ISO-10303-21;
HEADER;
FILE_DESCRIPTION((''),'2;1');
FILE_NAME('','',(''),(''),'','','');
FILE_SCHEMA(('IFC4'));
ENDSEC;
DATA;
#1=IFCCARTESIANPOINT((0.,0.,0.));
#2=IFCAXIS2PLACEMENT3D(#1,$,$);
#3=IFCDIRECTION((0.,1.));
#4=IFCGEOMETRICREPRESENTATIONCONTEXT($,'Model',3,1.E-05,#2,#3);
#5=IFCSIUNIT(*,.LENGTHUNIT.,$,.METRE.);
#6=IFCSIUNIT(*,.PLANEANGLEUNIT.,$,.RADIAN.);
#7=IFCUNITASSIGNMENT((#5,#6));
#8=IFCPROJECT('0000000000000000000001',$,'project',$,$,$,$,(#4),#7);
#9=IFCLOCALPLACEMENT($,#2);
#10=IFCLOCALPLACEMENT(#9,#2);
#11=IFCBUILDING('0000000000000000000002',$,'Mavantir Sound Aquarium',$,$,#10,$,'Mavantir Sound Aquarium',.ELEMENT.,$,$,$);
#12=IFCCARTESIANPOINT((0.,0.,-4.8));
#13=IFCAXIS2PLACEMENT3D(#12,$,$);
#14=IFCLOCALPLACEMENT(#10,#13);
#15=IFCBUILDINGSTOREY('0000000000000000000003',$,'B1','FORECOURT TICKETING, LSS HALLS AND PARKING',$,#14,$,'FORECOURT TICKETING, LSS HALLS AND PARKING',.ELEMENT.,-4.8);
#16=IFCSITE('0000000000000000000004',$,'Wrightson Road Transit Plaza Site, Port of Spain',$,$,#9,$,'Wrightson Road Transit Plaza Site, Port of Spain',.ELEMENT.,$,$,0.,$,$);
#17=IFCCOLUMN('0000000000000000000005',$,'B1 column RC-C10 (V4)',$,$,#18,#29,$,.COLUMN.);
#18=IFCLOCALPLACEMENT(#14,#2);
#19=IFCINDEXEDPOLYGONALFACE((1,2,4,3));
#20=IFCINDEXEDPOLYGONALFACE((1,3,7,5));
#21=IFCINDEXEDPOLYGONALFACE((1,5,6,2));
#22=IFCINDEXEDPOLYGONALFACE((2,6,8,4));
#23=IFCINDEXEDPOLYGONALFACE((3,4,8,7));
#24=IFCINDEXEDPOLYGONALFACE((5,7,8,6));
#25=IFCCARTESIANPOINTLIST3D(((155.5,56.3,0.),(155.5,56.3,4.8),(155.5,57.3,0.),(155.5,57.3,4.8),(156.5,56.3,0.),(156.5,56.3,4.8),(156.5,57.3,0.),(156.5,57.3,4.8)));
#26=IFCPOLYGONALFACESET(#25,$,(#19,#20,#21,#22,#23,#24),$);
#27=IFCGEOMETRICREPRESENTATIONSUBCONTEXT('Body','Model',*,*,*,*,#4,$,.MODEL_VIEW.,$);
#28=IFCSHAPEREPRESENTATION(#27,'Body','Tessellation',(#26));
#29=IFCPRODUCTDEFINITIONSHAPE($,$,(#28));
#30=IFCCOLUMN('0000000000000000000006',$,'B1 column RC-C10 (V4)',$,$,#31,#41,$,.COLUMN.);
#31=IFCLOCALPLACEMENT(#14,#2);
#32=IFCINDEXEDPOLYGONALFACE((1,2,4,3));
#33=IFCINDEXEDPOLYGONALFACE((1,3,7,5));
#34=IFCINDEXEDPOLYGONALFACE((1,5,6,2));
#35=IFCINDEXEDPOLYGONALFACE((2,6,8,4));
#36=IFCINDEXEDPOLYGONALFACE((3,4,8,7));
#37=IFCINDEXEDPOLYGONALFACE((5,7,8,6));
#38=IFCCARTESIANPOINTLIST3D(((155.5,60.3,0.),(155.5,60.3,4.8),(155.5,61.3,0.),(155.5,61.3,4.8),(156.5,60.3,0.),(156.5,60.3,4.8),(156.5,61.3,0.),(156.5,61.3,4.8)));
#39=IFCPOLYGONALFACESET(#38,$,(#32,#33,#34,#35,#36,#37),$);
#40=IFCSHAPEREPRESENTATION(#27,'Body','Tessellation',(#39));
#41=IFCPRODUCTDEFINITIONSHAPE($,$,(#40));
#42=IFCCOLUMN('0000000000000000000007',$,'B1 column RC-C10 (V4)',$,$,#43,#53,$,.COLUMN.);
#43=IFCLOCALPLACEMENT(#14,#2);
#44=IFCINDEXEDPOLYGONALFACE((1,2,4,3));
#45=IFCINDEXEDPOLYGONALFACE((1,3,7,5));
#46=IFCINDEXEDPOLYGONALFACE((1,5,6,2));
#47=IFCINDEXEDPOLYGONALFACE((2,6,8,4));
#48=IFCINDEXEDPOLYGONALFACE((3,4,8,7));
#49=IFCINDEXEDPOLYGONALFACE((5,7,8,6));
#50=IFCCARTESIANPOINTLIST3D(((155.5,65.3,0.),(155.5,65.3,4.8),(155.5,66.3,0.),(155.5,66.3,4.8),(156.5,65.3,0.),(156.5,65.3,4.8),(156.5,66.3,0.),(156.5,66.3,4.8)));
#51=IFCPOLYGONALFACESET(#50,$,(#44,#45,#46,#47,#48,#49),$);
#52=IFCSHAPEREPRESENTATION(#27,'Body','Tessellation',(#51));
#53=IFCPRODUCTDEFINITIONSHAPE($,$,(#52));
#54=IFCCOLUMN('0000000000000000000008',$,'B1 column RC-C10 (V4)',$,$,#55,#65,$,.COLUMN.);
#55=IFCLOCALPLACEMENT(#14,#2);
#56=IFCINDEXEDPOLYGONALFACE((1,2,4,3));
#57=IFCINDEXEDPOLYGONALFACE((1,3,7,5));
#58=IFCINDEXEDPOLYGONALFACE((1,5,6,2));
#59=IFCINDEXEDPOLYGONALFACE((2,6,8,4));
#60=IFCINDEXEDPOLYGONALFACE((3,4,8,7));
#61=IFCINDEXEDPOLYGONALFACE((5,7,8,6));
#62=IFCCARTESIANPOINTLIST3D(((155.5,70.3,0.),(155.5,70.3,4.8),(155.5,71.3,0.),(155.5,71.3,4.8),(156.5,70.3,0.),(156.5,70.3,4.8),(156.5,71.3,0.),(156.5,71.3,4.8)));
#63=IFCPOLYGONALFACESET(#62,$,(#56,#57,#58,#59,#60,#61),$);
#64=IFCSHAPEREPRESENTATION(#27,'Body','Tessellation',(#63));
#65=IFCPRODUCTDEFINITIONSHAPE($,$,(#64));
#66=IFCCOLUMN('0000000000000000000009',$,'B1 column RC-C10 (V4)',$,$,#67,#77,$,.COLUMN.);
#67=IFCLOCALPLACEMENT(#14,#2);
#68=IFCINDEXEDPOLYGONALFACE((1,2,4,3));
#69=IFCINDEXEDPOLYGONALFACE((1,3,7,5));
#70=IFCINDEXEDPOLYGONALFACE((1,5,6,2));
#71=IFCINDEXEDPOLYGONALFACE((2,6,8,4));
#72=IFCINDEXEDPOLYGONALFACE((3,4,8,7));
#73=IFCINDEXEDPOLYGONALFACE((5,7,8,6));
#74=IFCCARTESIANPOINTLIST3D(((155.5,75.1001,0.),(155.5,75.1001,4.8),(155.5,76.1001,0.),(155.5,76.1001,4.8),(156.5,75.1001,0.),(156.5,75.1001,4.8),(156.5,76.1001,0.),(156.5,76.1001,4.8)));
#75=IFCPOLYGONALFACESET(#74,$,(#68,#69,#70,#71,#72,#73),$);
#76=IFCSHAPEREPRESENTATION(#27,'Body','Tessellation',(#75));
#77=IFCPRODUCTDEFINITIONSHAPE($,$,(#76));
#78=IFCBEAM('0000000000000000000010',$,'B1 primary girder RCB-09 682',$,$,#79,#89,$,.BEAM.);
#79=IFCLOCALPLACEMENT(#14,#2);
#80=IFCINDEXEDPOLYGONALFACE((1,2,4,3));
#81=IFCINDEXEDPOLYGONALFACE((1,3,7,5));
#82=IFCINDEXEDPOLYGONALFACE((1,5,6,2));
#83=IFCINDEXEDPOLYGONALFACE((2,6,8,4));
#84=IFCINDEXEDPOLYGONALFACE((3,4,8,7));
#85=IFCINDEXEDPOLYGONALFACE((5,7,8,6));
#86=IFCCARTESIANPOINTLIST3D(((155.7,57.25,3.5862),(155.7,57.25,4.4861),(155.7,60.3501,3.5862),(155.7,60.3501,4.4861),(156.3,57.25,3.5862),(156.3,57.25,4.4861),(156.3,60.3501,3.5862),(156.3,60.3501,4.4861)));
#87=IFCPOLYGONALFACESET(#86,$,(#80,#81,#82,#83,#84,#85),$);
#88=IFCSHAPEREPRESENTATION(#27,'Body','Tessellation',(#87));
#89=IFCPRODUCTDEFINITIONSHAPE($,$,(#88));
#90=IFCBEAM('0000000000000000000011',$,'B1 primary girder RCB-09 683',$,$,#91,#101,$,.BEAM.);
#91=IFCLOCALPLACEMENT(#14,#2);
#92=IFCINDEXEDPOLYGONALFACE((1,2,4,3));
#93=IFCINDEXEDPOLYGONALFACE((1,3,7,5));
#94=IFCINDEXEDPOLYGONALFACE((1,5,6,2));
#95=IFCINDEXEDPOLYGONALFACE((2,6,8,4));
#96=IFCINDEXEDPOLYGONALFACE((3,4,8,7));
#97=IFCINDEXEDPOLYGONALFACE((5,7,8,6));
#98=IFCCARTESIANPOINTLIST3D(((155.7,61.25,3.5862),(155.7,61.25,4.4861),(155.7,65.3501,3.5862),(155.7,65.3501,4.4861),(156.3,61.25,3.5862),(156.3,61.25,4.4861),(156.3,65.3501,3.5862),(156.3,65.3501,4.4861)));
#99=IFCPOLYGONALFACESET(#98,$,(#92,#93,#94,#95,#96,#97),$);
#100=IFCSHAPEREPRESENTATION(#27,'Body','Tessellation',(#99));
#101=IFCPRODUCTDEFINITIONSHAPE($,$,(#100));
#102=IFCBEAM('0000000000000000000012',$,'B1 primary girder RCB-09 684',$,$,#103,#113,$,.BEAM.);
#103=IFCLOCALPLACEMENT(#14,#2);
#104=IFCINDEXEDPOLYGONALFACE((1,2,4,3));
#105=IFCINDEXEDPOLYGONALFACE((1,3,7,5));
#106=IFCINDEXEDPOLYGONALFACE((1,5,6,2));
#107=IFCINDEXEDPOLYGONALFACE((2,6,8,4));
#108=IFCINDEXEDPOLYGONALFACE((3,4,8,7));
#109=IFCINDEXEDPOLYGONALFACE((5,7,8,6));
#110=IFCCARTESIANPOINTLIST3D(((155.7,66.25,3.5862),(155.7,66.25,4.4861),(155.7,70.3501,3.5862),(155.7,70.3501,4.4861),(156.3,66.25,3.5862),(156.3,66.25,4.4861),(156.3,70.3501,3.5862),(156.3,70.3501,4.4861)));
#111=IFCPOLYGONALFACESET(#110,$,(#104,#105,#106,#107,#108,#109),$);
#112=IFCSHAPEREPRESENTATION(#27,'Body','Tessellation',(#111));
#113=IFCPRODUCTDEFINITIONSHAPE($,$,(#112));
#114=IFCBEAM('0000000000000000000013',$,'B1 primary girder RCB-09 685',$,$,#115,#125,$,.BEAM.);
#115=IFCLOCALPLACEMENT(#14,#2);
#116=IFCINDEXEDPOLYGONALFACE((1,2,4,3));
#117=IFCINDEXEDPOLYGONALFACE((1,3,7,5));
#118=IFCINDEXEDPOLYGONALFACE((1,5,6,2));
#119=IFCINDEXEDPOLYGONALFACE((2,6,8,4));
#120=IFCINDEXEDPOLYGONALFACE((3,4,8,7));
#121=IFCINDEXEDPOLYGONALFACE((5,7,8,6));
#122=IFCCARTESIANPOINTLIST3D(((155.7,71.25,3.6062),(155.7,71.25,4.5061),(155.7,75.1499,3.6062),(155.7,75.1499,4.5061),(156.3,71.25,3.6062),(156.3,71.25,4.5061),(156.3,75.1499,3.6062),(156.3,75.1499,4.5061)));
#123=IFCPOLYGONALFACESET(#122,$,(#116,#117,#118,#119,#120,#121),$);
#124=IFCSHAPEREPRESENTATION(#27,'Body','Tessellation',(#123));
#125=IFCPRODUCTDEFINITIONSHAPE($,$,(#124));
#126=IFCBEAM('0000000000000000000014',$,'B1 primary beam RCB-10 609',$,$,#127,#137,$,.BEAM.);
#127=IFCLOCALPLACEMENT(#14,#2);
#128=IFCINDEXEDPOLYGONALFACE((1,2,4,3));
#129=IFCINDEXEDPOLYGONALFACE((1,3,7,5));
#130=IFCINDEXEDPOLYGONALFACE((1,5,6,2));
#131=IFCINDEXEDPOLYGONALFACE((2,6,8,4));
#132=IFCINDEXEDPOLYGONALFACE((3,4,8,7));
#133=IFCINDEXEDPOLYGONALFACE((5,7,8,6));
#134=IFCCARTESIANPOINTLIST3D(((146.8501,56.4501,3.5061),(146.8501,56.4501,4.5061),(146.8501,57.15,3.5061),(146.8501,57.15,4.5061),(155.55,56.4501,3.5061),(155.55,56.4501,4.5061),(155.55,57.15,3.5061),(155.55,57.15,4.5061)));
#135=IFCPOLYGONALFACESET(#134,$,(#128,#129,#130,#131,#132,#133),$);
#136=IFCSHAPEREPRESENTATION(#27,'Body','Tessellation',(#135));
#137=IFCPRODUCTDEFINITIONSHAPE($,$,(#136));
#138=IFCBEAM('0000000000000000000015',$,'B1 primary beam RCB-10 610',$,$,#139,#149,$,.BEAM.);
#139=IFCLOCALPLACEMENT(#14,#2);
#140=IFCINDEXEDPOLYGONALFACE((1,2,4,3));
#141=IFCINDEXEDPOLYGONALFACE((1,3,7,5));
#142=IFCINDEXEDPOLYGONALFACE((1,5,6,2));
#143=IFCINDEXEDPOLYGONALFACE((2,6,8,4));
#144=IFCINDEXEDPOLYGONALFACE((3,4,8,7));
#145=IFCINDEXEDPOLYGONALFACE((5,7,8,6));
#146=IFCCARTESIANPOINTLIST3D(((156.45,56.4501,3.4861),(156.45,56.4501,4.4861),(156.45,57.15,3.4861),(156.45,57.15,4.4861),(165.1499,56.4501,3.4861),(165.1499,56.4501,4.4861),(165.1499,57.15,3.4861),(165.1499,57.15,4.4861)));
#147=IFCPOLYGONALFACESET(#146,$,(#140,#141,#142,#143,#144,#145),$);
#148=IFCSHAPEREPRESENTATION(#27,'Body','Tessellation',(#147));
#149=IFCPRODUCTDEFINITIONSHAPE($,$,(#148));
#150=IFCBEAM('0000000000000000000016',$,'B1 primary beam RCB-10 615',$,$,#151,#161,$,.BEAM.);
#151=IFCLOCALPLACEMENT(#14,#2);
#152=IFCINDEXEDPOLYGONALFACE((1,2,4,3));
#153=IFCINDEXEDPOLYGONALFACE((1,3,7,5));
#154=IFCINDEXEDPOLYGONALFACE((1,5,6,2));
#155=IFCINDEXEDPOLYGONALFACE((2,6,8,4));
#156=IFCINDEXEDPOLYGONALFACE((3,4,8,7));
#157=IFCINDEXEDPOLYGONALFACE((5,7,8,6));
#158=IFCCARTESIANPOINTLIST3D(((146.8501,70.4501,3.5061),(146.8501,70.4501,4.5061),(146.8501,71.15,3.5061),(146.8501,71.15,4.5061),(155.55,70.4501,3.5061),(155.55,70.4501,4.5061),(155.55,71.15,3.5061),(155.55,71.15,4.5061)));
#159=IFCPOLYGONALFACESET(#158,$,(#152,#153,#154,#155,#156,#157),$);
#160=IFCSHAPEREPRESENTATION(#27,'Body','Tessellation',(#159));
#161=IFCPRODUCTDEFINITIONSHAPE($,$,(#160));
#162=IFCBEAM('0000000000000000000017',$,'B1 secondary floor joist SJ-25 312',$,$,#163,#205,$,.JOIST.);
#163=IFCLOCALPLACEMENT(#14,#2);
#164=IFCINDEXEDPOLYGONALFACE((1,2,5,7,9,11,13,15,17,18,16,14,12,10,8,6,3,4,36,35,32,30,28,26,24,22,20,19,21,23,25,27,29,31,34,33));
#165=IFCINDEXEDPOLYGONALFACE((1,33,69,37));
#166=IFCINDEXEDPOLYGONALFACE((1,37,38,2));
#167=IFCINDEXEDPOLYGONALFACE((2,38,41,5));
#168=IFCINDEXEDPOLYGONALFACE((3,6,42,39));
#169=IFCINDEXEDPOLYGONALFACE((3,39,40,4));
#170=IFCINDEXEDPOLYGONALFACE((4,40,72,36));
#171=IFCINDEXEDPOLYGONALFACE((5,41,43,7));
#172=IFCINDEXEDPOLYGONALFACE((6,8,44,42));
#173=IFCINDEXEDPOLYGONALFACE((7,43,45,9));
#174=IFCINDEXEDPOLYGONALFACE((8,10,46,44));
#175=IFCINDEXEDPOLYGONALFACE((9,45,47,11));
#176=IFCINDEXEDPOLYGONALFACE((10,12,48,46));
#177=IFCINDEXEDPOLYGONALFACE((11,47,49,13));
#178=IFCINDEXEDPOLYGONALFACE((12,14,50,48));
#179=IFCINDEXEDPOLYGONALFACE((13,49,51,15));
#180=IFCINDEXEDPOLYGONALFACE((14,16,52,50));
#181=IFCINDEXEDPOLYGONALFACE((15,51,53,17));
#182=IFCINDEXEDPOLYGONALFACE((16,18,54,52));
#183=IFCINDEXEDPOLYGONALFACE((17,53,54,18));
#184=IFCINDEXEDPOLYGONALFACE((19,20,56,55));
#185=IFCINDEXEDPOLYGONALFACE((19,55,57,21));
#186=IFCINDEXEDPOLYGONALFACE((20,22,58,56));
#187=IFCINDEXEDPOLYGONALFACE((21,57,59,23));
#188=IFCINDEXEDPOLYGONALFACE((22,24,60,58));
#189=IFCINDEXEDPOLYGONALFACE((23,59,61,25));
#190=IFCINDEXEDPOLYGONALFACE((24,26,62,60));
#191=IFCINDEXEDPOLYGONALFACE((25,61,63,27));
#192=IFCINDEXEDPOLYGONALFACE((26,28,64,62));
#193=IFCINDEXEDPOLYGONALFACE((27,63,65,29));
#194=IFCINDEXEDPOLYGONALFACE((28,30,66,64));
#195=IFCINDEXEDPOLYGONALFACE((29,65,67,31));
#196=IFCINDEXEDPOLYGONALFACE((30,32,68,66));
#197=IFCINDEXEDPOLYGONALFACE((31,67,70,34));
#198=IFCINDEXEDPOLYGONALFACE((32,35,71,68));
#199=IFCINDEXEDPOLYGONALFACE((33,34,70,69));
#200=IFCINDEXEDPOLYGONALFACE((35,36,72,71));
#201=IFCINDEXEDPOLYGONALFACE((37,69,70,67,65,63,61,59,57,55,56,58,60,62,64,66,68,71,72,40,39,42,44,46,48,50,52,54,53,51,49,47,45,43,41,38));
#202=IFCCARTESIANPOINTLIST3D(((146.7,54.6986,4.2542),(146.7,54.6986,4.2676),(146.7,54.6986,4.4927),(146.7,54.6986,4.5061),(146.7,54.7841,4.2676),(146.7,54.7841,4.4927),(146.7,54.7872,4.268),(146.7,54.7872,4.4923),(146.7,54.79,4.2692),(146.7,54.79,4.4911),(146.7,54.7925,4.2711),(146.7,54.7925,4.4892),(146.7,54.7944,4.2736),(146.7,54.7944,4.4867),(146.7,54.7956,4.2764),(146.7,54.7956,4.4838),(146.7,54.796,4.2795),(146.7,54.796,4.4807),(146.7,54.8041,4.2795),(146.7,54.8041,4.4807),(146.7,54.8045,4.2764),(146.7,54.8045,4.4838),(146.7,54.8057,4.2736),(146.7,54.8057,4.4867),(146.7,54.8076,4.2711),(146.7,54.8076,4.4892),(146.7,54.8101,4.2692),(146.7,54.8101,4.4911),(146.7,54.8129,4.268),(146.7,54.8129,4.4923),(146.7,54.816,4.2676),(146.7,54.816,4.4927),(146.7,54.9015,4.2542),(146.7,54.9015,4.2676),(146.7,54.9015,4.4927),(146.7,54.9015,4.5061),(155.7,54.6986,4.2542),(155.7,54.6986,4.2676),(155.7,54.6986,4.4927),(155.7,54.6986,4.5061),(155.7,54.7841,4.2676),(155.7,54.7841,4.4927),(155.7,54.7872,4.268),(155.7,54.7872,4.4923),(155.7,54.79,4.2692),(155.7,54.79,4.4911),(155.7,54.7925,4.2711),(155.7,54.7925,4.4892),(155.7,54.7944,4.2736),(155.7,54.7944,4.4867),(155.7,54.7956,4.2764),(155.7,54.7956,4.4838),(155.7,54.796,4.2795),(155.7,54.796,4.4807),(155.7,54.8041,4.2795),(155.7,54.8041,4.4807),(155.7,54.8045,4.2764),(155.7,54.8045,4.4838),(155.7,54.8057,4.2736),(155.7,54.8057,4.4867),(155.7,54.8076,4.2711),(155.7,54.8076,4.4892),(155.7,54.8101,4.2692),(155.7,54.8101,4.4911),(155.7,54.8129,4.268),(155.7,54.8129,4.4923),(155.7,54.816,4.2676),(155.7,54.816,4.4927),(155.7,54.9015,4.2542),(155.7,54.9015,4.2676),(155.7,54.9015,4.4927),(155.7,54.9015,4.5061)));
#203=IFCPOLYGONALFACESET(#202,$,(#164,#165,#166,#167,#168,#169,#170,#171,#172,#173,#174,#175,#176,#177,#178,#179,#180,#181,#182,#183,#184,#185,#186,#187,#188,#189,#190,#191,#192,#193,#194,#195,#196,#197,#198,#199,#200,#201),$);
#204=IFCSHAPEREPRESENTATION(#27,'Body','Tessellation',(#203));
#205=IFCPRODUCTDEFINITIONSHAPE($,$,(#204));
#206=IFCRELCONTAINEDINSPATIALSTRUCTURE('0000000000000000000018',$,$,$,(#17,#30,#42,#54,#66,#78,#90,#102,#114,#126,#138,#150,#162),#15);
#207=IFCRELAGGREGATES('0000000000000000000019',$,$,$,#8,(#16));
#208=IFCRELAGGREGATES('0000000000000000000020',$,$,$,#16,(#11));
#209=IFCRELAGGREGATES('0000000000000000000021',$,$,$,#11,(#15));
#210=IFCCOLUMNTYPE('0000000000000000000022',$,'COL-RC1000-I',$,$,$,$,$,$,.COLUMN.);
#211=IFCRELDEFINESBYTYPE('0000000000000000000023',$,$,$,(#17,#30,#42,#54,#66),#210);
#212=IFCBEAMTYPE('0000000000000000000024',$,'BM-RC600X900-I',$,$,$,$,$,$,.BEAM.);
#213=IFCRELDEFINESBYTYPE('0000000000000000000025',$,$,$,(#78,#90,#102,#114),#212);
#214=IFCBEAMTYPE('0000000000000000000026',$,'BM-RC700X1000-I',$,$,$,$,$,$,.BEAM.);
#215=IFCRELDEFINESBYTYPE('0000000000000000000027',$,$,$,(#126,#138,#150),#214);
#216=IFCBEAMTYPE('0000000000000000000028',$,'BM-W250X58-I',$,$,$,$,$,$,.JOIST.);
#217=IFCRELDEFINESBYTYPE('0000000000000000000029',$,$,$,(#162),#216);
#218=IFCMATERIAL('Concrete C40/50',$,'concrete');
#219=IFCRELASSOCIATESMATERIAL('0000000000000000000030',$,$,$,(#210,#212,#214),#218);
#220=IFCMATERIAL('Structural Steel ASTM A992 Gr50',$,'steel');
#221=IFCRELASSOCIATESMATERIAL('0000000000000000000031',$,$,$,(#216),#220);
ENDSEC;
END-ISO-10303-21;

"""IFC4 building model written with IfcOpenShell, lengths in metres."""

from ifc_helpers import new_model, si_unit, direction, frame, origin, origin_2d, place, context, subcontext, project, spatial, rectangle, i_section, extrude, material, material_profile, profile_set, type_object, element, save


model = new_model("IFC4")

# Units and contexts
model_context = context("Model", 3, precision=1e-05, world=origin(), true_north=direction((0.0, 1.0)))
body_context = subcontext(model_context, "Body", "Model", "MODEL_VIEW")
ifc_project = project(units=[si_unit("LENGTHUNIT", "METRE"), si_unit("PLANEANGLEUNIT", "RADIAN")], contexts=[model_context])

# Site, building, storey
site_placement = place(None, origin())
site = spatial("IfcSite", under=ifc_project, at=site_placement, Name="Wrightson Road Transit Plaza Site, Port of Spain", LongName="Wrightson Road Transit Plaza Site, Port of Spain", CompositionType="ELEMENT", RefElevation=0.0)
building_placement = place(site_placement, origin())
building = spatial("IfcBuilding", under=site, at=building_placement, Name="Mavantir Sound Aquarium", LongName="Mavantir Sound Aquarium", CompositionType="ELEMENT")
storey_placement = place(building_placement, frame((0.0, 0.0, -4.8)))
storey = spatial("IfcBuildingStorey", under=building, at=storey_placement, Name="B1", Description="FORECOURT TICKETING, LSS HALLS AND PARKING", LongName="FORECOURT TICKETING, LSS HALLS AND PARKING", CompositionType="ELEMENT", Elevation=-4.8)

# Columns
ifc_material_1 = material(Name="Concrete C40/50", Category="concrete")
ifc_material_profile_1 = material_profile(ifc_material_1, rectangle(XDim=1.0, YDim=1.0, at=origin_2d()), Name="RC 1000X1000")
ifc_profile_set_1 = profile_set([ifc_material_profile_1], Name="Concrete C40/50")
column_type = type_object("IfcColumnType", Name="COL-RC1000-I", PredefinedType="COLUMN", material=ifc_profile_set_1)
for number, where, z_axis, x_axis, name in (
    (1, (156.0, 56.8, 0.0), (0.0, 0.0, 1.0), (1.0, 0.0, 0.0), "B1 column RC-C10 (V4)"),
    (2, (156.0, 60.8, 0.0), (0.0, 0.0, 1.0), (1.0, 0.0, 0.0), "B1 column RC-C10 (V4)"),
    (3, (156.0, 65.8, 0.0), (0.0, 0.0, 1.0), (1.0, 0.0, 0.0), "B1 column RC-C10 (V4)"),
    (4, (156.0, 70.8, 0.0), (0.0, 0.0, 1.0), (1.0, 0.0, 0.0), "B1 column RC-C10 (V4)"),
    (5, (156.0, 75.6001, 0.0), (0.0, 0.0, 1.0), (1.0, 0.0, 0.0), "B1 column RC-C10 (V4)"),
):
    element("IfcColumn", number, at=place(storey_placement, frame(where, z_axis=z_axis, x_axis=x_axis)), inside=storey, type_object=column_type, Name=name, PredefinedType="COLUMN", context=body_context, shape_type="SweptSolid", body=[
        extrude(rectangle(XDim=1.0, YDim=1.0, at=origin_2d()), origin(), (0.0, 0.0, 1.0), 4.8),
    ])

# Beams
ifc_material_profile_2 = material_profile(ifc_material_1, rectangle(XDim=0.6001, YDim=0.8999, at=origin_2d()), Name="RC 600X900")
ifc_profile_set_2 = profile_set([ifc_material_profile_2], Name="Concrete C40/50")
beam_type_1 = type_object("IfcBeamType", Name="BM-RC600X900-I", PredefinedType="BEAM", material=ifc_profile_set_2)
beam_1_placement = place(storey_placement, frame((156.0, 57.25, 4.0361), z_axis=(0.0, 1.0, 0.0), x_axis=(-1.0, 0.0, 0.0)))
element("IfcBeam", 6, at=beam_1_placement, inside=storey, type_object=beam_type_1, Name="B1 primary girder RCB-09 682", PredefinedType="BEAM", context=body_context, shape_type="SweptSolid", body=[
    extrude(rectangle(XDim=0.6001, YDim=0.8999, at=origin_2d()), origin(), (0.0, 0.0, 1.0), 3.1001),
])
for number, where, z_axis, x_axis, name in (
    (7, (156.0, 61.25, 4.0361), (0.0, 1.0, 0.0), (-1.0, 0.0, 0.0), "B1 primary girder RCB-09 683"),
    (8, (156.0, 66.25, 4.0361), (0.0, 1.0, 0.0), (-1.0, 0.0, 0.0), "B1 primary girder RCB-09 684"),
):
    element("IfcBeam", number, at=place(storey_placement, frame(where, z_axis=z_axis, x_axis=x_axis)), inside=storey, type_object=beam_type_1, Name=name, PredefinedType="BEAM", context=body_context, shape_type="SweptSolid", body=[
        extrude(rectangle(XDim=0.6001, YDim=0.8999, at=origin_2d()), origin(), (0.0, 0.0, 1.0), 4.1001),
    ])
beam_2_placement = place(storey_placement, frame((156.0, 71.25, 4.0562), z_axis=(0.0, 1.0, 0.0), x_axis=(-1.0, 0.0, 0.0)))
element("IfcBeam", 9, at=beam_2_placement, inside=storey, type_object=beam_type_1, Name="B1 primary girder RCB-09 685", PredefinedType="BEAM", context=body_context, shape_type="SweptSolid", body=[
    extrude(rectangle(XDim=0.6001, YDim=0.8999, at=origin_2d()), origin(), (0.0, 0.0, 1.0), 3.8999),
])
ifc_material_profile_3 = material_profile(ifc_material_1, rectangle(XDim=0.7, YDim=1.0, at=origin_2d()), Name="RC 700X1000")
ifc_profile_set_3 = profile_set([ifc_material_profile_3], Name="Concrete C40/50")
beam_type_2 = type_object("IfcBeamType", Name="BM-RC700X1000-I", PredefinedType="BEAM", material=ifc_profile_set_3)
for number, where, z_axis, x_axis, name in (
    (10, (146.8501, 56.8, 4.0061), (1.0, 0.0, 0.0), (0.0, 1.0, 0.0), "B1 primary beam RCB-10 609"),
    (11, (156.45, 56.8, 3.9861), (1.0, 0.0, 0.0), (0.0, 1.0, 0.0), "B1 primary beam RCB-10 610"),
    (12, (146.8501, 70.8, 4.0061), (1.0, 0.0, 0.0), (0.0, 1.0, 0.0), "B1 primary beam RCB-10 615"),
):
    element("IfcBeam", number, at=place(storey_placement, frame(where, z_axis=z_axis, x_axis=x_axis)), inside=storey, type_object=beam_type_2, Name=name, PredefinedType="BEAM", context=body_context, shape_type="SweptSolid", body=[
        extrude(rectangle(XDim=0.7, YDim=1.0, at=origin_2d()), origin(), (0.0, 0.0, 1.0), 8.7),
    ])
ifc_material_2 = material(Name="Structural Steel ASTM A992 Gr50", Category="steel")
ifc_material_profile_4 = material_profile(ifc_material_2, i_section(OverallWidth=0.2029, OverallDepth=0.252, WebThickness=0.0081, FlangeThickness=0.0134, FilletRadius=0.012, at=origin_2d()), Name="W250X58")
ifc_profile_set_4 = profile_set([ifc_material_profile_4], Name="Structural Steel ASTM A992 Gr50")
beam_type_3 = type_object("IfcBeamType", Name="BM-W250X58-I", PredefinedType="JOIST", material=ifc_profile_set_4)
for number, where, z_axis, x_axis, name in (
    (13, (146.7, 54.8, 4.3801), (1.0, 0.0, 0.0), (0.0, 1.0, 0.0), "B1 secondary floor joist SJ-25 312"),
):
    element("IfcBeam", number, at=place(storey_placement, frame(where, z_axis=z_axis, x_axis=x_axis)), inside=storey, type_object=beam_type_3, Name=name, PredefinedType="JOIST", context=body_context, shape_type="SweptSolid", body=[
        extrude(i_section(OverallWidth=0.2029, OverallDepth=0.252, WebThickness=0.0081, FlangeThickness=0.0134, FilletRadius=0.012, at=origin_2d()), origin(), (0.0, 0.0, 1.0), 9.0),
    ])

save(model, "model.ifc")
